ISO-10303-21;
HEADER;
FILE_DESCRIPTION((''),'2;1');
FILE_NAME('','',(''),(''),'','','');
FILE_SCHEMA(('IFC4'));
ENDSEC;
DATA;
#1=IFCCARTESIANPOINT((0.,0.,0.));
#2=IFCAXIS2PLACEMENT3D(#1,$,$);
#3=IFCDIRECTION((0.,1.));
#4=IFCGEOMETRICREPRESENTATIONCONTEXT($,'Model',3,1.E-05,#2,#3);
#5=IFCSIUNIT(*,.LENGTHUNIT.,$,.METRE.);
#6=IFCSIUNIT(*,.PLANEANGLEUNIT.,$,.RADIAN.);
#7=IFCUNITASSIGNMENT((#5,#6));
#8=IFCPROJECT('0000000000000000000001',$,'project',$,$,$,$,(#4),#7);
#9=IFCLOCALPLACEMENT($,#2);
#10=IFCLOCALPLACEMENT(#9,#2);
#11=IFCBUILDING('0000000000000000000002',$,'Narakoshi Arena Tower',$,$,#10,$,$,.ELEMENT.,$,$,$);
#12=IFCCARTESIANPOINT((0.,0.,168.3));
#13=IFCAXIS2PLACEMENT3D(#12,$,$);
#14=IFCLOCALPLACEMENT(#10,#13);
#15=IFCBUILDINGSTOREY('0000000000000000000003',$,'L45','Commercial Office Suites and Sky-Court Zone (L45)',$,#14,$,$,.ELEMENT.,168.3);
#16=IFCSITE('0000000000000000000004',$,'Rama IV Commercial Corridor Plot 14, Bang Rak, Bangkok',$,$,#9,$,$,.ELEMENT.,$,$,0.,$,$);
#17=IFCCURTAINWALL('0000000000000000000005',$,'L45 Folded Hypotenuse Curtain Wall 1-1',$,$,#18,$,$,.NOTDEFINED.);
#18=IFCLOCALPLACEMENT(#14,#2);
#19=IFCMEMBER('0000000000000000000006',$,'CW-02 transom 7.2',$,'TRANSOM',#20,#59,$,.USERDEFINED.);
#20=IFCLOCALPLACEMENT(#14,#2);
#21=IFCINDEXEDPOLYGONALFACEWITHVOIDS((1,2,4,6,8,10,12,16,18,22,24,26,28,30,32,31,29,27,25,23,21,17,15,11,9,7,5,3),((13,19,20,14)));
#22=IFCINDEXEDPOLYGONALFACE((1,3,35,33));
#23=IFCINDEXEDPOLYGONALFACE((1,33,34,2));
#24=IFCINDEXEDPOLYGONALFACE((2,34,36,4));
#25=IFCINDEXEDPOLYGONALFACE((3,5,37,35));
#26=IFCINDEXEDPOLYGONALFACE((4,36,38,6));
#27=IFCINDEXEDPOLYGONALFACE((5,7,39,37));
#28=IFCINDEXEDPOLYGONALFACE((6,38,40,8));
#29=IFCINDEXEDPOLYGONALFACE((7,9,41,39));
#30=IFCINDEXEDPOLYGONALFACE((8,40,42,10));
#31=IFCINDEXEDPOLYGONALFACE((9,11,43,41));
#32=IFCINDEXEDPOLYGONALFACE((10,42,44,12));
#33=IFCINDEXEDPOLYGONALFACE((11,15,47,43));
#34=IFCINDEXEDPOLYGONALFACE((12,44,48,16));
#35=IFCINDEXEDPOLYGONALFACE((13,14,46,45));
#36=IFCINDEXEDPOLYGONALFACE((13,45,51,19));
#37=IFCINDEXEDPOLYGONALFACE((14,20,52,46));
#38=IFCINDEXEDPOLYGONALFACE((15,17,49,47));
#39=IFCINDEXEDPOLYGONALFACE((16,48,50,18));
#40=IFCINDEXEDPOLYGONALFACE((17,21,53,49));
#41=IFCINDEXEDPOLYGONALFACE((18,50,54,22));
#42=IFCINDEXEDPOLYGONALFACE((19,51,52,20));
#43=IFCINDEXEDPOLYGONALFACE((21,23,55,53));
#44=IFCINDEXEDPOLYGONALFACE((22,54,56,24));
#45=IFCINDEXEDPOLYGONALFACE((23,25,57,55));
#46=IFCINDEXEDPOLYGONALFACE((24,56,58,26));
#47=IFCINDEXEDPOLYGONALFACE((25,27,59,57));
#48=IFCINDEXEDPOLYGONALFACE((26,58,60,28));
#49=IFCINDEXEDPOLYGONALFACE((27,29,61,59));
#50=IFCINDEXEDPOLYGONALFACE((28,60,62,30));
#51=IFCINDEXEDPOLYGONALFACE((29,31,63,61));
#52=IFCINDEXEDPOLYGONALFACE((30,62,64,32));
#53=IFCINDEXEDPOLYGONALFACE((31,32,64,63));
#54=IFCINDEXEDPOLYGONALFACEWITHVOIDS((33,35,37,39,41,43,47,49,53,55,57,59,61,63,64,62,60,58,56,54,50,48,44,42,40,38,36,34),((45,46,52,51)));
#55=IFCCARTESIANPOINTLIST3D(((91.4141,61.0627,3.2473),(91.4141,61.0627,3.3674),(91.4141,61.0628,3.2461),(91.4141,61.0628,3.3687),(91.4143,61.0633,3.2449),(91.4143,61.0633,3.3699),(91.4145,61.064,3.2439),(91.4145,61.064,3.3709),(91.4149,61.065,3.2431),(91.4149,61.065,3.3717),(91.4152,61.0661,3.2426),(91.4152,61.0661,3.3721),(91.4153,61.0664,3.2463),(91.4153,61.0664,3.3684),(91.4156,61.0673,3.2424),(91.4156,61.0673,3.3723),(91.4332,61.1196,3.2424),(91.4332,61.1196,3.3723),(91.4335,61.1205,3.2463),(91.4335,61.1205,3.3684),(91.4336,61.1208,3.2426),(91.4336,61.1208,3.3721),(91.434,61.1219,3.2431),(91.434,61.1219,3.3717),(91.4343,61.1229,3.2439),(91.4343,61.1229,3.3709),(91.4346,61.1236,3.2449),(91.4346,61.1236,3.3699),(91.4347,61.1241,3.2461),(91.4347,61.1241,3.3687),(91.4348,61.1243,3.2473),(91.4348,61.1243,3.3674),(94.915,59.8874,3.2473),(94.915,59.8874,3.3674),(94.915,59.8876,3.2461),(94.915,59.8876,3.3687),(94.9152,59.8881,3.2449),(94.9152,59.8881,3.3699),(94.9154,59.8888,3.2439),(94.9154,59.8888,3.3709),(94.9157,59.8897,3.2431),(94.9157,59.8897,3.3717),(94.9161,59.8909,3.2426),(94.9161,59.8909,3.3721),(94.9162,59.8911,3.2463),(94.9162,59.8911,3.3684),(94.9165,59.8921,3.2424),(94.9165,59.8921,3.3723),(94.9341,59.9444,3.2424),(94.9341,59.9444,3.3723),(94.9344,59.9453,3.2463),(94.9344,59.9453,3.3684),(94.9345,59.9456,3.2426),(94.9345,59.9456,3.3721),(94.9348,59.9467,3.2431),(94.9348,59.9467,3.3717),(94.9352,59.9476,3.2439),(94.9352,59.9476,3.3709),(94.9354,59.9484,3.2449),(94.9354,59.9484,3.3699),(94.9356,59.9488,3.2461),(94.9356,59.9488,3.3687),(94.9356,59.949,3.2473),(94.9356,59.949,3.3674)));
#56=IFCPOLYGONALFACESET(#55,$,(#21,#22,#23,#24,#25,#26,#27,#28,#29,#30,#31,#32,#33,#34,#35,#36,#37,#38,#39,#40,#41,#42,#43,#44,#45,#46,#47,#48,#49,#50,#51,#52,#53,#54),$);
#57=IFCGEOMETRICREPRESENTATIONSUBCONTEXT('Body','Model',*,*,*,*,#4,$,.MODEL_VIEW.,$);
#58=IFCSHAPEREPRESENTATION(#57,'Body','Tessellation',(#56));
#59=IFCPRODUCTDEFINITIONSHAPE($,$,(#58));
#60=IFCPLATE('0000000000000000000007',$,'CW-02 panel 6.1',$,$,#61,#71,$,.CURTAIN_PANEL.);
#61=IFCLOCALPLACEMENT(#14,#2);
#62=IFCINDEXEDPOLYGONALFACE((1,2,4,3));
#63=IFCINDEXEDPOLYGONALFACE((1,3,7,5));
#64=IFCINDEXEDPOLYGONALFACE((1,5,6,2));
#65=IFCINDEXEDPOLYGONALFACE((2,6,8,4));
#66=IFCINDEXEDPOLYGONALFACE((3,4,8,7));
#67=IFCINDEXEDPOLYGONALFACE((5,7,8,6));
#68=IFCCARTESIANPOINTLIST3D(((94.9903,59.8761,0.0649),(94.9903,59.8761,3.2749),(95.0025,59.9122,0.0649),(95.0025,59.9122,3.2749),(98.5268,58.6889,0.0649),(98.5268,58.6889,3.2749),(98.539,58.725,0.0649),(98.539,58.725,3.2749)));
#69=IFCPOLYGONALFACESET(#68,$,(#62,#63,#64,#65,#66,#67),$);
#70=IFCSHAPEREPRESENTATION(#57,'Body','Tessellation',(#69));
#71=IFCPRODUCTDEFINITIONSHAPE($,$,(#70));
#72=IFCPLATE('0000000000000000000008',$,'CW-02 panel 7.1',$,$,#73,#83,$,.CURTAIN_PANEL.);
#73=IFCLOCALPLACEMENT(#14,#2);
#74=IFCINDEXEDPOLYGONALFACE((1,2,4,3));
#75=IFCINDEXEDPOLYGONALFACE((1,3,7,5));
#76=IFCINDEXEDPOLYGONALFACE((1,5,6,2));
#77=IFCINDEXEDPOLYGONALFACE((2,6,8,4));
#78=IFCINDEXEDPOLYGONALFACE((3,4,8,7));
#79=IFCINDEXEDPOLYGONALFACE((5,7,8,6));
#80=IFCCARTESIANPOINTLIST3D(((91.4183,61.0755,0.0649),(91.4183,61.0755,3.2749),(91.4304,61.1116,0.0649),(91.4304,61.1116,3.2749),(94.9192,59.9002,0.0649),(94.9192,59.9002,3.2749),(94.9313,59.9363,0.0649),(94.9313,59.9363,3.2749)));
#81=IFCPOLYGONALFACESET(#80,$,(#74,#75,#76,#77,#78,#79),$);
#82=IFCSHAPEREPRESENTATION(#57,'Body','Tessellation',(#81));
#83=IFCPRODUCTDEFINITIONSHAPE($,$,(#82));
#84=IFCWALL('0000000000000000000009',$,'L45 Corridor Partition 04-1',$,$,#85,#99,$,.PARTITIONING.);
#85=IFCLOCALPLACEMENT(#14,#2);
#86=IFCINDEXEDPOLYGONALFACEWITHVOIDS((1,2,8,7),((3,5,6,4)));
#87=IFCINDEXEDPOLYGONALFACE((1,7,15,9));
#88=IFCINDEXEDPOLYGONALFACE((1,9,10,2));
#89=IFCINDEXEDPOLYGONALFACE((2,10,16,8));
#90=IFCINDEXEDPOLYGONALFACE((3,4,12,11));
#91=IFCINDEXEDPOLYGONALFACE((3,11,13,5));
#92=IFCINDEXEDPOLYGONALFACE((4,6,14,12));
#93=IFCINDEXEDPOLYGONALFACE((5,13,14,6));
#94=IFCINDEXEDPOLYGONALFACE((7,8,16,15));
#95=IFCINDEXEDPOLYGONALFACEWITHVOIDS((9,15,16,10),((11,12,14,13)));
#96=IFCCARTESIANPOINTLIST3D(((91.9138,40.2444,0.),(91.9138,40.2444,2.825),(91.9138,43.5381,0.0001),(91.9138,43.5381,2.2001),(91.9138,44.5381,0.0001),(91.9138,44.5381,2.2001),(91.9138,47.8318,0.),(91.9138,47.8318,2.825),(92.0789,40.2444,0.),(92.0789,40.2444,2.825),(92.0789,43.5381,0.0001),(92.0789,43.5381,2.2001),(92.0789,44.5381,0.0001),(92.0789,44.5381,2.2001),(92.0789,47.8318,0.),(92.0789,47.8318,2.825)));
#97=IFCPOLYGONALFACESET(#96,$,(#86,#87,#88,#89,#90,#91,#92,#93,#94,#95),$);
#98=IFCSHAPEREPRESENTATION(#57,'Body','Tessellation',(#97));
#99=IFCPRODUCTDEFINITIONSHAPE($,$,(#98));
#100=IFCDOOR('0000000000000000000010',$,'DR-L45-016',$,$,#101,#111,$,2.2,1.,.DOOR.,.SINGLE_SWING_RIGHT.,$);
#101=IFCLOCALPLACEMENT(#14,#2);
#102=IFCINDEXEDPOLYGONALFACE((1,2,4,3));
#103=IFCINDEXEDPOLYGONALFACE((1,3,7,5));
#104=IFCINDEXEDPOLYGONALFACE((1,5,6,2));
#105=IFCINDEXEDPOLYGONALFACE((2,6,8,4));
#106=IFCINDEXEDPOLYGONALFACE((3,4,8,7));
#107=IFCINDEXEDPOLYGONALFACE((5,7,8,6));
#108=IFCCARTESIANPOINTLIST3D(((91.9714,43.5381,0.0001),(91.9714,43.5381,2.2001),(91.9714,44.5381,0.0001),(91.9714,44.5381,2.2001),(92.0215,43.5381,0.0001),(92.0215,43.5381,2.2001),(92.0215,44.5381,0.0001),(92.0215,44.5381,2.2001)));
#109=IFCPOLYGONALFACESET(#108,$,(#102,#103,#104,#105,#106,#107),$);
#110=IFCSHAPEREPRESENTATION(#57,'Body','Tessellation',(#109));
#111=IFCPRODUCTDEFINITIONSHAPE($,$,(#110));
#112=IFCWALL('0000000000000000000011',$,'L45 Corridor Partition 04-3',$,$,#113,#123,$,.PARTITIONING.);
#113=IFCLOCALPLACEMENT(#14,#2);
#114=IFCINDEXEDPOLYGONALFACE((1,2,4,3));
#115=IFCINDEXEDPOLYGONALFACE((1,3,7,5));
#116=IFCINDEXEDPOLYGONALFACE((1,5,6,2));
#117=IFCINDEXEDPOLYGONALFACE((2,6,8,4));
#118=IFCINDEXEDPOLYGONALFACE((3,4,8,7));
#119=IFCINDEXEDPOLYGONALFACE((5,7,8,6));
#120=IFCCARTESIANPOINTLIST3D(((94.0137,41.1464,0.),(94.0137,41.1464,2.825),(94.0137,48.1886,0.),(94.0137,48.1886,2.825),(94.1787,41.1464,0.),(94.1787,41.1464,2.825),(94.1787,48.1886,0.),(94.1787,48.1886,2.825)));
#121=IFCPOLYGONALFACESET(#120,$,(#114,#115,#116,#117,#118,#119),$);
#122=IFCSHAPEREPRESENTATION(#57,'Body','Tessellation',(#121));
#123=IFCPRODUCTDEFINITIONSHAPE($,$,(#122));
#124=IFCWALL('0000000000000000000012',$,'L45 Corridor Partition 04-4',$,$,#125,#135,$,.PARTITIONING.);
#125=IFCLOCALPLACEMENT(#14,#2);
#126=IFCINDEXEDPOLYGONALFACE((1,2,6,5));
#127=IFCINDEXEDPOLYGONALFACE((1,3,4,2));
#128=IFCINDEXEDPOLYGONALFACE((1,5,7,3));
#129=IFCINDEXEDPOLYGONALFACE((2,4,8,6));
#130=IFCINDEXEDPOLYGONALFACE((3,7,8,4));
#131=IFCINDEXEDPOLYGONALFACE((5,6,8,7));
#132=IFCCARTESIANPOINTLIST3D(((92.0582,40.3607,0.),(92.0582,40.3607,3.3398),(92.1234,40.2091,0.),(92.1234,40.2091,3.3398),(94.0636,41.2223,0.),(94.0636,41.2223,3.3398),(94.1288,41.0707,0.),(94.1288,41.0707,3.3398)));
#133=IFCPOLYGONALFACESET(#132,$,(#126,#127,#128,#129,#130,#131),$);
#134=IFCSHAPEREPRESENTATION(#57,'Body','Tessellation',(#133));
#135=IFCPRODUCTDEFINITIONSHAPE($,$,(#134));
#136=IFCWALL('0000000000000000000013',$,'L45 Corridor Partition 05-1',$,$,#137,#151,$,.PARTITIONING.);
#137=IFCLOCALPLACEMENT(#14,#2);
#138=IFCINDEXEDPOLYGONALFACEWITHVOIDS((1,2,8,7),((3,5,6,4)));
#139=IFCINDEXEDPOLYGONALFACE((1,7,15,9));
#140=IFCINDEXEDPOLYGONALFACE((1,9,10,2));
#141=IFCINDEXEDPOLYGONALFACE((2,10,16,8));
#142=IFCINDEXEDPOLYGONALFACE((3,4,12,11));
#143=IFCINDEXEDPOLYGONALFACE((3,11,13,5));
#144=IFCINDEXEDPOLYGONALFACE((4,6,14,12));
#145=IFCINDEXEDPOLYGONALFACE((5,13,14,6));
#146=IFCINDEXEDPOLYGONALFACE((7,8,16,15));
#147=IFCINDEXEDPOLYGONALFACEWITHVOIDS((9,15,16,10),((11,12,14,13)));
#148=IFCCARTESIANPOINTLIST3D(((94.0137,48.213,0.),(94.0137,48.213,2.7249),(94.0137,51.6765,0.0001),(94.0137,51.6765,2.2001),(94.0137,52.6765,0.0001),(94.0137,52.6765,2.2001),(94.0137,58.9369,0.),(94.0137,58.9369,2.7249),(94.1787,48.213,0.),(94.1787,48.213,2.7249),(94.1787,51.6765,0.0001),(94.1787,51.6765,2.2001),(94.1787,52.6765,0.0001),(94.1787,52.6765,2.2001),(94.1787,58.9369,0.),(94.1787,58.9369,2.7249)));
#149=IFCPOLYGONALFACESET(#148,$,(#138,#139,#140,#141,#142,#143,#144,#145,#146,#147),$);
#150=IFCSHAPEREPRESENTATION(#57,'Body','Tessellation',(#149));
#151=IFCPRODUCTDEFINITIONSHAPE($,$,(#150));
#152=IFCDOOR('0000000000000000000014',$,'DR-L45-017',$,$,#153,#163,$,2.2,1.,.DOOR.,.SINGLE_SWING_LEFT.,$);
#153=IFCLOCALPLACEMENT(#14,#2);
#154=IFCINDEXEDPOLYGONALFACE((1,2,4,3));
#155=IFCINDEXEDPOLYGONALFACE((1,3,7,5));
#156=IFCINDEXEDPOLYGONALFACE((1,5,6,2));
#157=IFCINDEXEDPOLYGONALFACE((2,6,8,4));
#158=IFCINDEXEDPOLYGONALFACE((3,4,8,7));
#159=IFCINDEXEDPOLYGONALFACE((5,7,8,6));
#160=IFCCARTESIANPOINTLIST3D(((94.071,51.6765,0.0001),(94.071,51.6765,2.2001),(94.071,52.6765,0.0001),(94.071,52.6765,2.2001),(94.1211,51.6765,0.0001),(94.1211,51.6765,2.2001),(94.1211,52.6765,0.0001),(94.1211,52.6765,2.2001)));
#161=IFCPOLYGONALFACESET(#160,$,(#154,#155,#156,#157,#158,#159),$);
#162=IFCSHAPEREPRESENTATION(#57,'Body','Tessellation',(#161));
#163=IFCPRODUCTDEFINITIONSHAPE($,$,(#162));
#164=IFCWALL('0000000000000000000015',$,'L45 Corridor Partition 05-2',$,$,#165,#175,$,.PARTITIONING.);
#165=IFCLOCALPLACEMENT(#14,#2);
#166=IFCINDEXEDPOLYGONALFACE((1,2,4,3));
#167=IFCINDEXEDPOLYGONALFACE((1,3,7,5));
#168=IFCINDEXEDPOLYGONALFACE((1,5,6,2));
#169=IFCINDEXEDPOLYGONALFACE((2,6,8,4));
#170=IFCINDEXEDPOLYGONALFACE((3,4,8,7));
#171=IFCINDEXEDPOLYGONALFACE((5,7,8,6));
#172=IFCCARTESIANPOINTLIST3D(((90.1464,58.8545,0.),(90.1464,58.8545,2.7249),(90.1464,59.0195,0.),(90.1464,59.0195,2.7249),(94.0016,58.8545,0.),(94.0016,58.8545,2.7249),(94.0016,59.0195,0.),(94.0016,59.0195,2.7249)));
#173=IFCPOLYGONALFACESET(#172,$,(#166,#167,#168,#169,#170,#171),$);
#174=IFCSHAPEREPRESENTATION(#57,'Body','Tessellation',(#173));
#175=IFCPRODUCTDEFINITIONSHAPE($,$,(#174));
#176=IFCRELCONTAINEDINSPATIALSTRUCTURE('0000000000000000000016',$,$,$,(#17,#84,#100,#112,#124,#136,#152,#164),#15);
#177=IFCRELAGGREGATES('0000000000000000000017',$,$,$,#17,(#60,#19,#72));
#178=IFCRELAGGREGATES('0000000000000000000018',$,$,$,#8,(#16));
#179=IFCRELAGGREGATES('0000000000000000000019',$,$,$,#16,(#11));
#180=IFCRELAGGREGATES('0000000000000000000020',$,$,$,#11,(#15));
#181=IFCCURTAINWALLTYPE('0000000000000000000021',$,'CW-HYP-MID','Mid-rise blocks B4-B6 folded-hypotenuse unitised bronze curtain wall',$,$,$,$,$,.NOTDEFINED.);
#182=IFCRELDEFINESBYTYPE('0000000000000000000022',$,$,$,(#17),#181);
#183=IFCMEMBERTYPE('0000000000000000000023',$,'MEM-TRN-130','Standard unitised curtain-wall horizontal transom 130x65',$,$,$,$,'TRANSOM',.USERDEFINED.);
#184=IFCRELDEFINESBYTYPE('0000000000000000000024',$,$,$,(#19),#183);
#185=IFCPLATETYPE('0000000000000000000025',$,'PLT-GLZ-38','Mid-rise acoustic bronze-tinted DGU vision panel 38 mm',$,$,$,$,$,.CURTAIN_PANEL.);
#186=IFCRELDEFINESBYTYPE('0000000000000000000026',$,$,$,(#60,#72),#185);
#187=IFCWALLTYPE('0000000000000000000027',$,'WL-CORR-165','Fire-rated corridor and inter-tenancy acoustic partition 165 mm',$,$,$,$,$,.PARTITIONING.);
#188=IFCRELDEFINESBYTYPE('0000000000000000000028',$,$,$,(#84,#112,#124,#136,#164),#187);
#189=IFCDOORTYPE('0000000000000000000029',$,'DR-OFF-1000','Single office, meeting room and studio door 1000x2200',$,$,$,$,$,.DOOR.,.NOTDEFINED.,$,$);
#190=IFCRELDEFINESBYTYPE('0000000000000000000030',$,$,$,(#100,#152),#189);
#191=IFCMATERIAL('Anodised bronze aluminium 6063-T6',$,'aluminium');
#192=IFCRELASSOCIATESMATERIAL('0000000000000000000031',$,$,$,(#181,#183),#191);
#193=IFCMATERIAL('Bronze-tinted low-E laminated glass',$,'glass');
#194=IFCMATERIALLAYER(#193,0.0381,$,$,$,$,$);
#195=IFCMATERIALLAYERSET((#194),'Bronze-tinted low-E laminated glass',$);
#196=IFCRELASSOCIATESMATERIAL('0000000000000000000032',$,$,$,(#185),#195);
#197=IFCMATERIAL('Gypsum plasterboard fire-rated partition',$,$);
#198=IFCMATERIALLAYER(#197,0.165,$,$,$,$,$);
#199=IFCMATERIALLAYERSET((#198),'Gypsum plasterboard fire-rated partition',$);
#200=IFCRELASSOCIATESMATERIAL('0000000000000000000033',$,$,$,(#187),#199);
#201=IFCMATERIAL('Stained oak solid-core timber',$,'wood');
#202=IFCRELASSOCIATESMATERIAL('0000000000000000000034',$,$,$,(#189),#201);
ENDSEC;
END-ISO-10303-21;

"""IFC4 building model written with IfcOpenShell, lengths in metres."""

from ifc_helpers import new_model, si_unit, direction, frame, frame_2d, origin, origin_2d, place, context, subcontext, project, spatial, rectangle, hollow_rectangle, extrude, material, layer, layer_set, material_profile, profile_set, type_object, element, fill, aggregate, save


model = new_model("IFC4")

# Units and contexts
model_context = context("Model", 3, precision=1e-05, world=origin(), true_north=direction((0.0, 1.0)))
body_context = subcontext(model_context, "Body", "Model", "MODEL_VIEW")
ifc_project = project(units=[si_unit("LENGTHUNIT", "METRE"), si_unit("PLANEANGLEUNIT", "RADIAN")], contexts=[model_context])

# Site, building, storey
site_placement = place(None, origin())
site = spatial("IfcSite", under=ifc_project, at=site_placement, Name="Rama IV Commercial Corridor Plot 14, Bang Rak, Bangkok", CompositionType="ELEMENT", RefElevation=0.0)
building_placement = place(site_placement, origin())
building = spatial("IfcBuilding", under=site, at=building_placement, Name="Narakoshi Arena Tower", CompositionType="ELEMENT")
storey_placement = place(building_placement, frame((0.0, 0.0, 168.3)))
storey = spatial("IfcBuildingStorey", under=building, at=storey_placement, Name="L45", Description="Commercial Office Suites and Sky-Court Zone (L45)", CompositionType="ELEMENT", Elevation=168.3)

# Curtain wall, member, plates
ifc_material_1 = material(Name="Anodised bronze aluminium 6063-T6", Category="aluminium")
curtain_wall_type = type_object("IfcCurtainWallType", Name="CW-HYP-MID", Description="Mid-rise blocks B4-B6 folded-hypotenuse unitised bronze curtain wall", PredefinedType="NOTDEFINED", material=ifc_material_1)
curtain_wall_placement = place(storey_placement, origin())
curtain_wall = element("IfcCurtainWall", 1, at=curtain_wall_placement, inside=storey, type_object=curtain_wall_type, Name="L45 Folded Hypotenuse Curtain Wall 1-1", PredefinedType="NOTDEFINED")
ifc_material_profile_1 = material_profile(ifc_material_1, hollow_rectangle(XDim=0.0649, YDim=0.1299, WallThickness=0.0039, OuterFilletRadius=0.0049, at=origin_2d()), Name="TRN130x65x4")
ifc_profile_set_1 = profile_set([ifc_material_profile_1], Name="Anodised bronze aluminium 6063-T6")
member_type_1 = type_object("IfcMemberType", Name="MEM-TRN-130", Description="Standard unitised curtain-wall horizontal transom 130x65", ElementType="TRANSOM", PredefinedType="USERDEFINED", material=ifc_profile_set_1)
member_1_placement = place(storey_placement, frame((94.9253, 59.9182, 3.3074), z_axis=(-0.948007, 0.31825, 0.0), x_axis=(-0.31825, -0.948007, 0.0)))
member_1 = element("IfcMember", 2, at=member_1_placement, type_object=member_type_1, Name="CW-02 transom 7.2", ObjectType="TRANSOM", PredefinedType="USERDEFINED", context=body_context, shape_type="SweptSolid", body=[
    extrude(hollow_rectangle(XDim=0.0649, YDim=0.1299, WallThickness=0.0039, OuterFilletRadius=0.0049, at=origin_2d()), origin(), (0.0, 0.0, 1.0), 3.6929),
])
ifc_material_2 = material(Name="Bronze-tinted low-E laminated glass", Category="glass")
ifc_layer_1 = layer(ifc_material_2, 0.0381)
ifc_layer_set_1 = layer_set([ifc_layer_1], Name="Bronze-tinted low-E laminated glass")
plate_type = type_object("IfcPlateType", Name="PLT-GLZ-38", Description="Mid-rise acoustic bronze-tinted DGU vision panel 38 mm", PredefinedType="CURTAIN_PANEL", material=ifc_layer_set_1)
plate_1_placement = place(storey_placement, frame((96.7646, 59.3005, 0.0649), z_axis=(0.0, 0.0, 1.0), x_axis=(-0.948003, 0.318261, 0.0)))
plate_1 = element("IfcPlate", 3, at=plate_1_placement, type_object=plate_type, Name="CW-02 panel 6.1", PredefinedType="CURTAIN_PANEL", context=body_context, shape_type="SweptSolid", body=[
    extrude(rectangle(XDim=3.7305, YDim=0.0381, at=origin_2d()), origin(), (0.0, 0.0, 1.0), 3.21),
])
plate_2_placement = place(storey_placement, frame((93.1748, 60.5059, 0.0649), z_axis=(0.0, 0.0, 1.0), x_axis=(-0.948003, 0.318261, 0.0)))
plate_2 = element("IfcPlate", 4, at=plate_2_placement, type_object=plate_type, Name="CW-02 panel 7.1", PredefinedType="CURTAIN_PANEL", context=body_context, shape_type="SweptSolid", body=[
    extrude(rectangle(XDim=3.6929, YDim=0.0381, at=origin_2d()), origin(), (0.0, 0.0, 1.0), 3.21),
])
aggregate(curtain_wall, [plate_1, member_1, plate_2])

# Wall, opening, door
ifc_material_3 = material(Name="Gypsum plasterboard fire-rated partition")
ifc_layer_2 = layer(ifc_material_3, 0.165)
ifc_layer_set_2 = layer_set([ifc_layer_2], Name="Gypsum plasterboard fire-rated partition")
wall_type_1 = type_object("IfcWallType", Name="WL-CORR-165", Description="Fire-rated corridor and inter-tenancy acoustic partition 165 mm", PredefinedType="PARTITIONING", material=ifc_layer_set_2)
wall_1_placement = place(storey_placement, frame((91.9963, 47.8318, 0.0), z_axis=(0.0, 0.0, 1.0), x_axis=(0.0, -1.0, 0.0)))
wall_1 = element("IfcWall", 5, at=wall_1_placement, inside=storey, type_object=wall_type_1, Name="L45 Corridor Partition 04-1", PredefinedType="PARTITIONING", context=body_context, shape_type="SweptSolid", body=[
    extrude(rectangle(XDim=7.5874, YDim=0.165, at=frame_2d((3.7937, 0.0))), origin(), (0.0, 0.0, 1.0), 2.825),
])
opening_1_placement = place(wall_1_placement, frame((3.2937, 0.0, 0.0)))
opening_1 = element("IfcOpeningElement", 6, at=opening_1_placement, cuts=wall_1, PredefinedType="OPENING", context=body_context, shape_type="SweptSolid", body=[
    extrude(rectangle(XDim=1.0, YDim=2.2, at=frame_2d((0.5, 1.1001))), frame((0.0, 0.0925, 0.0), z_axis=(0.0, -1.0, 0.0), x_axis=(1.0, 0.0, 0.0)), (0.0, 0.0, 1.0), 0.1851),
])
ifc_material_4 = material(Name="Stained oak solid-core timber", Category="wood")
door_type = type_object("IfcDoorType", Name="DR-OFF-1000", Description="Single office, meeting room and studio door 1000x2200", OperationType="NOTDEFINED", PredefinedType="DOOR", material=ifc_material_4)
door_1_placement = place(opening_1_placement, frame((1.0, 0.0, 0.0), z_axis=(0.0, 0.0, 1.0), x_axis=(-1.0, 0.0, 0.0)))
door_1 = element("IfcDoor", 7, at=door_1_placement, inside=storey, type_object=door_type, Name="DR-L45-016", OperationType="SINGLE_SWING_RIGHT", OverallHeight=2.2, OverallWidth=1.0, PredefinedType="DOOR", context=body_context, shape_type="SweptSolid", body=[
    extrude(rectangle(XDim=1.0, YDim=2.2, at=frame_2d((0.5, 1.1001))), frame((0.0, 0.0249, 0.0), z_axis=(0.0, -1.0, 0.0), x_axis=(1.0, 0.0, 0.0)), (0.0, 0.0, 1.0), 0.05),
])
fill(opening_1, door_1)

# Walls
wall_2_placement = place(storey_placement, frame((94.0962, 41.1465, 0.0), z_axis=(0.0, 0.0, 1.0), x_axis=(0.0, 1.0, 0.0)))
element("IfcWall", 8, at=wall_2_placement, inside=storey, type_object=wall_type_1, Name="L45 Corridor Partition 04-3", PredefinedType="PARTITIONING", context=body_context, shape_type="SweptSolid", body=[
    extrude(rectangle(XDim=7.0422, YDim=0.165, at=frame_2d((3.521, 0.0))), origin(), (0.0, 0.0, 1.0), 2.825),
])
wall_3_placement = place(storey_placement, frame((92.0908, 40.2849, 0.0), z_axis=(0.0, 0.0, 1.0), x_axis=(0.918792, 0.394743, 0.0)))
element("IfcWall", 9, at=wall_3_placement, inside=storey, type_object=wall_type_1, Name="L45 Corridor Partition 04-4", PredefinedType="PARTITIONING", context=body_context, shape_type="SweptSolid", body=[
    extrude(rectangle(XDim=2.1826, YDim=0.165, at=frame_2d((1.0913, 0.0))), origin(), (0.0, 0.0, 1.0), 3.3398),
])

# Wall, opening, door
wall_4_placement = place(storey_placement, frame((94.0962, 48.2131, 0.0), z_axis=(0.0, 0.0, 1.0), x_axis=(0.0, 1.0, 0.0)))
wall_4 = element("IfcWall", 10, at=wall_4_placement, inside=storey, type_object=wall_type_1, Name="L45 Corridor Partition 05-1", PredefinedType="PARTITIONING", context=body_context, shape_type="SweptSolid", body=[
    extrude(rectangle(XDim=10.7239, YDim=0.165, at=frame_2d((5.3618, 0.0))), origin(), (0.0, 0.0, 1.0), 2.7249),
])
opening_2_placement = place(wall_4_placement, frame((3.4634, 0.0, 0.0)))
opening_2 = element("IfcOpeningElement", 11, at=opening_2_placement, cuts=wall_4, PredefinedType="OPENING", context=body_context, shape_type="SweptSolid", body=[
    extrude(rectangle(XDim=1.0, YDim=2.2, at=frame_2d((0.5, 1.1001))), frame((0.0, 0.0925, 0.0), z_axis=(0.0, -1.0, 0.0), x_axis=(1.0, 0.0, 0.0)), (0.0, 0.0, 1.0), 0.1851),
])
door_2_placement = place(opening_2_placement, frame((1.0, 0.0, 0.0), z_axis=(0.0, 0.0, 1.0), x_axis=(-1.0, 0.0, 0.0)))
door_2 = element("IfcDoor", 12, at=door_2_placement, inside=storey, type_object=door_type, Name="DR-L45-017", OperationType="SINGLE_SWING_LEFT", OverallHeight=2.2, OverallWidth=1.0, PredefinedType="DOOR", context=body_context, shape_type="SweptSolid", body=[
    extrude(rectangle(XDim=1.0, YDim=2.2, at=frame_2d((0.5, 1.1001))), frame((0.0, 0.0249, 0.0), z_axis=(0.0, -1.0, 0.0), x_axis=(1.0, 0.0, 0.0)), (0.0, 0.0, 1.0), 0.05),
])
fill(opening_2, door_2)

# Wall
wall_5_placement = place(storey_placement, frame((94.0017, 58.937, 0.0), z_axis=(0.0, 0.0, 1.0), x_axis=(-1.0, 0.0, 0.0)))
element("IfcWall", 13, at=wall_5_placement, inside=storey, type_object=wall_type_1, Name="L45 Corridor Partition 05-2", PredefinedType="PARTITIONING", context=body_context, shape_type="SweptSolid", body=[
    extrude(rectangle(XDim=3.8552, YDim=0.165, at=frame_2d((1.9277, 0.0))), origin(), (0.0, 0.0, 1.0), 2.7249),
])

save(model, "model.ifc")
